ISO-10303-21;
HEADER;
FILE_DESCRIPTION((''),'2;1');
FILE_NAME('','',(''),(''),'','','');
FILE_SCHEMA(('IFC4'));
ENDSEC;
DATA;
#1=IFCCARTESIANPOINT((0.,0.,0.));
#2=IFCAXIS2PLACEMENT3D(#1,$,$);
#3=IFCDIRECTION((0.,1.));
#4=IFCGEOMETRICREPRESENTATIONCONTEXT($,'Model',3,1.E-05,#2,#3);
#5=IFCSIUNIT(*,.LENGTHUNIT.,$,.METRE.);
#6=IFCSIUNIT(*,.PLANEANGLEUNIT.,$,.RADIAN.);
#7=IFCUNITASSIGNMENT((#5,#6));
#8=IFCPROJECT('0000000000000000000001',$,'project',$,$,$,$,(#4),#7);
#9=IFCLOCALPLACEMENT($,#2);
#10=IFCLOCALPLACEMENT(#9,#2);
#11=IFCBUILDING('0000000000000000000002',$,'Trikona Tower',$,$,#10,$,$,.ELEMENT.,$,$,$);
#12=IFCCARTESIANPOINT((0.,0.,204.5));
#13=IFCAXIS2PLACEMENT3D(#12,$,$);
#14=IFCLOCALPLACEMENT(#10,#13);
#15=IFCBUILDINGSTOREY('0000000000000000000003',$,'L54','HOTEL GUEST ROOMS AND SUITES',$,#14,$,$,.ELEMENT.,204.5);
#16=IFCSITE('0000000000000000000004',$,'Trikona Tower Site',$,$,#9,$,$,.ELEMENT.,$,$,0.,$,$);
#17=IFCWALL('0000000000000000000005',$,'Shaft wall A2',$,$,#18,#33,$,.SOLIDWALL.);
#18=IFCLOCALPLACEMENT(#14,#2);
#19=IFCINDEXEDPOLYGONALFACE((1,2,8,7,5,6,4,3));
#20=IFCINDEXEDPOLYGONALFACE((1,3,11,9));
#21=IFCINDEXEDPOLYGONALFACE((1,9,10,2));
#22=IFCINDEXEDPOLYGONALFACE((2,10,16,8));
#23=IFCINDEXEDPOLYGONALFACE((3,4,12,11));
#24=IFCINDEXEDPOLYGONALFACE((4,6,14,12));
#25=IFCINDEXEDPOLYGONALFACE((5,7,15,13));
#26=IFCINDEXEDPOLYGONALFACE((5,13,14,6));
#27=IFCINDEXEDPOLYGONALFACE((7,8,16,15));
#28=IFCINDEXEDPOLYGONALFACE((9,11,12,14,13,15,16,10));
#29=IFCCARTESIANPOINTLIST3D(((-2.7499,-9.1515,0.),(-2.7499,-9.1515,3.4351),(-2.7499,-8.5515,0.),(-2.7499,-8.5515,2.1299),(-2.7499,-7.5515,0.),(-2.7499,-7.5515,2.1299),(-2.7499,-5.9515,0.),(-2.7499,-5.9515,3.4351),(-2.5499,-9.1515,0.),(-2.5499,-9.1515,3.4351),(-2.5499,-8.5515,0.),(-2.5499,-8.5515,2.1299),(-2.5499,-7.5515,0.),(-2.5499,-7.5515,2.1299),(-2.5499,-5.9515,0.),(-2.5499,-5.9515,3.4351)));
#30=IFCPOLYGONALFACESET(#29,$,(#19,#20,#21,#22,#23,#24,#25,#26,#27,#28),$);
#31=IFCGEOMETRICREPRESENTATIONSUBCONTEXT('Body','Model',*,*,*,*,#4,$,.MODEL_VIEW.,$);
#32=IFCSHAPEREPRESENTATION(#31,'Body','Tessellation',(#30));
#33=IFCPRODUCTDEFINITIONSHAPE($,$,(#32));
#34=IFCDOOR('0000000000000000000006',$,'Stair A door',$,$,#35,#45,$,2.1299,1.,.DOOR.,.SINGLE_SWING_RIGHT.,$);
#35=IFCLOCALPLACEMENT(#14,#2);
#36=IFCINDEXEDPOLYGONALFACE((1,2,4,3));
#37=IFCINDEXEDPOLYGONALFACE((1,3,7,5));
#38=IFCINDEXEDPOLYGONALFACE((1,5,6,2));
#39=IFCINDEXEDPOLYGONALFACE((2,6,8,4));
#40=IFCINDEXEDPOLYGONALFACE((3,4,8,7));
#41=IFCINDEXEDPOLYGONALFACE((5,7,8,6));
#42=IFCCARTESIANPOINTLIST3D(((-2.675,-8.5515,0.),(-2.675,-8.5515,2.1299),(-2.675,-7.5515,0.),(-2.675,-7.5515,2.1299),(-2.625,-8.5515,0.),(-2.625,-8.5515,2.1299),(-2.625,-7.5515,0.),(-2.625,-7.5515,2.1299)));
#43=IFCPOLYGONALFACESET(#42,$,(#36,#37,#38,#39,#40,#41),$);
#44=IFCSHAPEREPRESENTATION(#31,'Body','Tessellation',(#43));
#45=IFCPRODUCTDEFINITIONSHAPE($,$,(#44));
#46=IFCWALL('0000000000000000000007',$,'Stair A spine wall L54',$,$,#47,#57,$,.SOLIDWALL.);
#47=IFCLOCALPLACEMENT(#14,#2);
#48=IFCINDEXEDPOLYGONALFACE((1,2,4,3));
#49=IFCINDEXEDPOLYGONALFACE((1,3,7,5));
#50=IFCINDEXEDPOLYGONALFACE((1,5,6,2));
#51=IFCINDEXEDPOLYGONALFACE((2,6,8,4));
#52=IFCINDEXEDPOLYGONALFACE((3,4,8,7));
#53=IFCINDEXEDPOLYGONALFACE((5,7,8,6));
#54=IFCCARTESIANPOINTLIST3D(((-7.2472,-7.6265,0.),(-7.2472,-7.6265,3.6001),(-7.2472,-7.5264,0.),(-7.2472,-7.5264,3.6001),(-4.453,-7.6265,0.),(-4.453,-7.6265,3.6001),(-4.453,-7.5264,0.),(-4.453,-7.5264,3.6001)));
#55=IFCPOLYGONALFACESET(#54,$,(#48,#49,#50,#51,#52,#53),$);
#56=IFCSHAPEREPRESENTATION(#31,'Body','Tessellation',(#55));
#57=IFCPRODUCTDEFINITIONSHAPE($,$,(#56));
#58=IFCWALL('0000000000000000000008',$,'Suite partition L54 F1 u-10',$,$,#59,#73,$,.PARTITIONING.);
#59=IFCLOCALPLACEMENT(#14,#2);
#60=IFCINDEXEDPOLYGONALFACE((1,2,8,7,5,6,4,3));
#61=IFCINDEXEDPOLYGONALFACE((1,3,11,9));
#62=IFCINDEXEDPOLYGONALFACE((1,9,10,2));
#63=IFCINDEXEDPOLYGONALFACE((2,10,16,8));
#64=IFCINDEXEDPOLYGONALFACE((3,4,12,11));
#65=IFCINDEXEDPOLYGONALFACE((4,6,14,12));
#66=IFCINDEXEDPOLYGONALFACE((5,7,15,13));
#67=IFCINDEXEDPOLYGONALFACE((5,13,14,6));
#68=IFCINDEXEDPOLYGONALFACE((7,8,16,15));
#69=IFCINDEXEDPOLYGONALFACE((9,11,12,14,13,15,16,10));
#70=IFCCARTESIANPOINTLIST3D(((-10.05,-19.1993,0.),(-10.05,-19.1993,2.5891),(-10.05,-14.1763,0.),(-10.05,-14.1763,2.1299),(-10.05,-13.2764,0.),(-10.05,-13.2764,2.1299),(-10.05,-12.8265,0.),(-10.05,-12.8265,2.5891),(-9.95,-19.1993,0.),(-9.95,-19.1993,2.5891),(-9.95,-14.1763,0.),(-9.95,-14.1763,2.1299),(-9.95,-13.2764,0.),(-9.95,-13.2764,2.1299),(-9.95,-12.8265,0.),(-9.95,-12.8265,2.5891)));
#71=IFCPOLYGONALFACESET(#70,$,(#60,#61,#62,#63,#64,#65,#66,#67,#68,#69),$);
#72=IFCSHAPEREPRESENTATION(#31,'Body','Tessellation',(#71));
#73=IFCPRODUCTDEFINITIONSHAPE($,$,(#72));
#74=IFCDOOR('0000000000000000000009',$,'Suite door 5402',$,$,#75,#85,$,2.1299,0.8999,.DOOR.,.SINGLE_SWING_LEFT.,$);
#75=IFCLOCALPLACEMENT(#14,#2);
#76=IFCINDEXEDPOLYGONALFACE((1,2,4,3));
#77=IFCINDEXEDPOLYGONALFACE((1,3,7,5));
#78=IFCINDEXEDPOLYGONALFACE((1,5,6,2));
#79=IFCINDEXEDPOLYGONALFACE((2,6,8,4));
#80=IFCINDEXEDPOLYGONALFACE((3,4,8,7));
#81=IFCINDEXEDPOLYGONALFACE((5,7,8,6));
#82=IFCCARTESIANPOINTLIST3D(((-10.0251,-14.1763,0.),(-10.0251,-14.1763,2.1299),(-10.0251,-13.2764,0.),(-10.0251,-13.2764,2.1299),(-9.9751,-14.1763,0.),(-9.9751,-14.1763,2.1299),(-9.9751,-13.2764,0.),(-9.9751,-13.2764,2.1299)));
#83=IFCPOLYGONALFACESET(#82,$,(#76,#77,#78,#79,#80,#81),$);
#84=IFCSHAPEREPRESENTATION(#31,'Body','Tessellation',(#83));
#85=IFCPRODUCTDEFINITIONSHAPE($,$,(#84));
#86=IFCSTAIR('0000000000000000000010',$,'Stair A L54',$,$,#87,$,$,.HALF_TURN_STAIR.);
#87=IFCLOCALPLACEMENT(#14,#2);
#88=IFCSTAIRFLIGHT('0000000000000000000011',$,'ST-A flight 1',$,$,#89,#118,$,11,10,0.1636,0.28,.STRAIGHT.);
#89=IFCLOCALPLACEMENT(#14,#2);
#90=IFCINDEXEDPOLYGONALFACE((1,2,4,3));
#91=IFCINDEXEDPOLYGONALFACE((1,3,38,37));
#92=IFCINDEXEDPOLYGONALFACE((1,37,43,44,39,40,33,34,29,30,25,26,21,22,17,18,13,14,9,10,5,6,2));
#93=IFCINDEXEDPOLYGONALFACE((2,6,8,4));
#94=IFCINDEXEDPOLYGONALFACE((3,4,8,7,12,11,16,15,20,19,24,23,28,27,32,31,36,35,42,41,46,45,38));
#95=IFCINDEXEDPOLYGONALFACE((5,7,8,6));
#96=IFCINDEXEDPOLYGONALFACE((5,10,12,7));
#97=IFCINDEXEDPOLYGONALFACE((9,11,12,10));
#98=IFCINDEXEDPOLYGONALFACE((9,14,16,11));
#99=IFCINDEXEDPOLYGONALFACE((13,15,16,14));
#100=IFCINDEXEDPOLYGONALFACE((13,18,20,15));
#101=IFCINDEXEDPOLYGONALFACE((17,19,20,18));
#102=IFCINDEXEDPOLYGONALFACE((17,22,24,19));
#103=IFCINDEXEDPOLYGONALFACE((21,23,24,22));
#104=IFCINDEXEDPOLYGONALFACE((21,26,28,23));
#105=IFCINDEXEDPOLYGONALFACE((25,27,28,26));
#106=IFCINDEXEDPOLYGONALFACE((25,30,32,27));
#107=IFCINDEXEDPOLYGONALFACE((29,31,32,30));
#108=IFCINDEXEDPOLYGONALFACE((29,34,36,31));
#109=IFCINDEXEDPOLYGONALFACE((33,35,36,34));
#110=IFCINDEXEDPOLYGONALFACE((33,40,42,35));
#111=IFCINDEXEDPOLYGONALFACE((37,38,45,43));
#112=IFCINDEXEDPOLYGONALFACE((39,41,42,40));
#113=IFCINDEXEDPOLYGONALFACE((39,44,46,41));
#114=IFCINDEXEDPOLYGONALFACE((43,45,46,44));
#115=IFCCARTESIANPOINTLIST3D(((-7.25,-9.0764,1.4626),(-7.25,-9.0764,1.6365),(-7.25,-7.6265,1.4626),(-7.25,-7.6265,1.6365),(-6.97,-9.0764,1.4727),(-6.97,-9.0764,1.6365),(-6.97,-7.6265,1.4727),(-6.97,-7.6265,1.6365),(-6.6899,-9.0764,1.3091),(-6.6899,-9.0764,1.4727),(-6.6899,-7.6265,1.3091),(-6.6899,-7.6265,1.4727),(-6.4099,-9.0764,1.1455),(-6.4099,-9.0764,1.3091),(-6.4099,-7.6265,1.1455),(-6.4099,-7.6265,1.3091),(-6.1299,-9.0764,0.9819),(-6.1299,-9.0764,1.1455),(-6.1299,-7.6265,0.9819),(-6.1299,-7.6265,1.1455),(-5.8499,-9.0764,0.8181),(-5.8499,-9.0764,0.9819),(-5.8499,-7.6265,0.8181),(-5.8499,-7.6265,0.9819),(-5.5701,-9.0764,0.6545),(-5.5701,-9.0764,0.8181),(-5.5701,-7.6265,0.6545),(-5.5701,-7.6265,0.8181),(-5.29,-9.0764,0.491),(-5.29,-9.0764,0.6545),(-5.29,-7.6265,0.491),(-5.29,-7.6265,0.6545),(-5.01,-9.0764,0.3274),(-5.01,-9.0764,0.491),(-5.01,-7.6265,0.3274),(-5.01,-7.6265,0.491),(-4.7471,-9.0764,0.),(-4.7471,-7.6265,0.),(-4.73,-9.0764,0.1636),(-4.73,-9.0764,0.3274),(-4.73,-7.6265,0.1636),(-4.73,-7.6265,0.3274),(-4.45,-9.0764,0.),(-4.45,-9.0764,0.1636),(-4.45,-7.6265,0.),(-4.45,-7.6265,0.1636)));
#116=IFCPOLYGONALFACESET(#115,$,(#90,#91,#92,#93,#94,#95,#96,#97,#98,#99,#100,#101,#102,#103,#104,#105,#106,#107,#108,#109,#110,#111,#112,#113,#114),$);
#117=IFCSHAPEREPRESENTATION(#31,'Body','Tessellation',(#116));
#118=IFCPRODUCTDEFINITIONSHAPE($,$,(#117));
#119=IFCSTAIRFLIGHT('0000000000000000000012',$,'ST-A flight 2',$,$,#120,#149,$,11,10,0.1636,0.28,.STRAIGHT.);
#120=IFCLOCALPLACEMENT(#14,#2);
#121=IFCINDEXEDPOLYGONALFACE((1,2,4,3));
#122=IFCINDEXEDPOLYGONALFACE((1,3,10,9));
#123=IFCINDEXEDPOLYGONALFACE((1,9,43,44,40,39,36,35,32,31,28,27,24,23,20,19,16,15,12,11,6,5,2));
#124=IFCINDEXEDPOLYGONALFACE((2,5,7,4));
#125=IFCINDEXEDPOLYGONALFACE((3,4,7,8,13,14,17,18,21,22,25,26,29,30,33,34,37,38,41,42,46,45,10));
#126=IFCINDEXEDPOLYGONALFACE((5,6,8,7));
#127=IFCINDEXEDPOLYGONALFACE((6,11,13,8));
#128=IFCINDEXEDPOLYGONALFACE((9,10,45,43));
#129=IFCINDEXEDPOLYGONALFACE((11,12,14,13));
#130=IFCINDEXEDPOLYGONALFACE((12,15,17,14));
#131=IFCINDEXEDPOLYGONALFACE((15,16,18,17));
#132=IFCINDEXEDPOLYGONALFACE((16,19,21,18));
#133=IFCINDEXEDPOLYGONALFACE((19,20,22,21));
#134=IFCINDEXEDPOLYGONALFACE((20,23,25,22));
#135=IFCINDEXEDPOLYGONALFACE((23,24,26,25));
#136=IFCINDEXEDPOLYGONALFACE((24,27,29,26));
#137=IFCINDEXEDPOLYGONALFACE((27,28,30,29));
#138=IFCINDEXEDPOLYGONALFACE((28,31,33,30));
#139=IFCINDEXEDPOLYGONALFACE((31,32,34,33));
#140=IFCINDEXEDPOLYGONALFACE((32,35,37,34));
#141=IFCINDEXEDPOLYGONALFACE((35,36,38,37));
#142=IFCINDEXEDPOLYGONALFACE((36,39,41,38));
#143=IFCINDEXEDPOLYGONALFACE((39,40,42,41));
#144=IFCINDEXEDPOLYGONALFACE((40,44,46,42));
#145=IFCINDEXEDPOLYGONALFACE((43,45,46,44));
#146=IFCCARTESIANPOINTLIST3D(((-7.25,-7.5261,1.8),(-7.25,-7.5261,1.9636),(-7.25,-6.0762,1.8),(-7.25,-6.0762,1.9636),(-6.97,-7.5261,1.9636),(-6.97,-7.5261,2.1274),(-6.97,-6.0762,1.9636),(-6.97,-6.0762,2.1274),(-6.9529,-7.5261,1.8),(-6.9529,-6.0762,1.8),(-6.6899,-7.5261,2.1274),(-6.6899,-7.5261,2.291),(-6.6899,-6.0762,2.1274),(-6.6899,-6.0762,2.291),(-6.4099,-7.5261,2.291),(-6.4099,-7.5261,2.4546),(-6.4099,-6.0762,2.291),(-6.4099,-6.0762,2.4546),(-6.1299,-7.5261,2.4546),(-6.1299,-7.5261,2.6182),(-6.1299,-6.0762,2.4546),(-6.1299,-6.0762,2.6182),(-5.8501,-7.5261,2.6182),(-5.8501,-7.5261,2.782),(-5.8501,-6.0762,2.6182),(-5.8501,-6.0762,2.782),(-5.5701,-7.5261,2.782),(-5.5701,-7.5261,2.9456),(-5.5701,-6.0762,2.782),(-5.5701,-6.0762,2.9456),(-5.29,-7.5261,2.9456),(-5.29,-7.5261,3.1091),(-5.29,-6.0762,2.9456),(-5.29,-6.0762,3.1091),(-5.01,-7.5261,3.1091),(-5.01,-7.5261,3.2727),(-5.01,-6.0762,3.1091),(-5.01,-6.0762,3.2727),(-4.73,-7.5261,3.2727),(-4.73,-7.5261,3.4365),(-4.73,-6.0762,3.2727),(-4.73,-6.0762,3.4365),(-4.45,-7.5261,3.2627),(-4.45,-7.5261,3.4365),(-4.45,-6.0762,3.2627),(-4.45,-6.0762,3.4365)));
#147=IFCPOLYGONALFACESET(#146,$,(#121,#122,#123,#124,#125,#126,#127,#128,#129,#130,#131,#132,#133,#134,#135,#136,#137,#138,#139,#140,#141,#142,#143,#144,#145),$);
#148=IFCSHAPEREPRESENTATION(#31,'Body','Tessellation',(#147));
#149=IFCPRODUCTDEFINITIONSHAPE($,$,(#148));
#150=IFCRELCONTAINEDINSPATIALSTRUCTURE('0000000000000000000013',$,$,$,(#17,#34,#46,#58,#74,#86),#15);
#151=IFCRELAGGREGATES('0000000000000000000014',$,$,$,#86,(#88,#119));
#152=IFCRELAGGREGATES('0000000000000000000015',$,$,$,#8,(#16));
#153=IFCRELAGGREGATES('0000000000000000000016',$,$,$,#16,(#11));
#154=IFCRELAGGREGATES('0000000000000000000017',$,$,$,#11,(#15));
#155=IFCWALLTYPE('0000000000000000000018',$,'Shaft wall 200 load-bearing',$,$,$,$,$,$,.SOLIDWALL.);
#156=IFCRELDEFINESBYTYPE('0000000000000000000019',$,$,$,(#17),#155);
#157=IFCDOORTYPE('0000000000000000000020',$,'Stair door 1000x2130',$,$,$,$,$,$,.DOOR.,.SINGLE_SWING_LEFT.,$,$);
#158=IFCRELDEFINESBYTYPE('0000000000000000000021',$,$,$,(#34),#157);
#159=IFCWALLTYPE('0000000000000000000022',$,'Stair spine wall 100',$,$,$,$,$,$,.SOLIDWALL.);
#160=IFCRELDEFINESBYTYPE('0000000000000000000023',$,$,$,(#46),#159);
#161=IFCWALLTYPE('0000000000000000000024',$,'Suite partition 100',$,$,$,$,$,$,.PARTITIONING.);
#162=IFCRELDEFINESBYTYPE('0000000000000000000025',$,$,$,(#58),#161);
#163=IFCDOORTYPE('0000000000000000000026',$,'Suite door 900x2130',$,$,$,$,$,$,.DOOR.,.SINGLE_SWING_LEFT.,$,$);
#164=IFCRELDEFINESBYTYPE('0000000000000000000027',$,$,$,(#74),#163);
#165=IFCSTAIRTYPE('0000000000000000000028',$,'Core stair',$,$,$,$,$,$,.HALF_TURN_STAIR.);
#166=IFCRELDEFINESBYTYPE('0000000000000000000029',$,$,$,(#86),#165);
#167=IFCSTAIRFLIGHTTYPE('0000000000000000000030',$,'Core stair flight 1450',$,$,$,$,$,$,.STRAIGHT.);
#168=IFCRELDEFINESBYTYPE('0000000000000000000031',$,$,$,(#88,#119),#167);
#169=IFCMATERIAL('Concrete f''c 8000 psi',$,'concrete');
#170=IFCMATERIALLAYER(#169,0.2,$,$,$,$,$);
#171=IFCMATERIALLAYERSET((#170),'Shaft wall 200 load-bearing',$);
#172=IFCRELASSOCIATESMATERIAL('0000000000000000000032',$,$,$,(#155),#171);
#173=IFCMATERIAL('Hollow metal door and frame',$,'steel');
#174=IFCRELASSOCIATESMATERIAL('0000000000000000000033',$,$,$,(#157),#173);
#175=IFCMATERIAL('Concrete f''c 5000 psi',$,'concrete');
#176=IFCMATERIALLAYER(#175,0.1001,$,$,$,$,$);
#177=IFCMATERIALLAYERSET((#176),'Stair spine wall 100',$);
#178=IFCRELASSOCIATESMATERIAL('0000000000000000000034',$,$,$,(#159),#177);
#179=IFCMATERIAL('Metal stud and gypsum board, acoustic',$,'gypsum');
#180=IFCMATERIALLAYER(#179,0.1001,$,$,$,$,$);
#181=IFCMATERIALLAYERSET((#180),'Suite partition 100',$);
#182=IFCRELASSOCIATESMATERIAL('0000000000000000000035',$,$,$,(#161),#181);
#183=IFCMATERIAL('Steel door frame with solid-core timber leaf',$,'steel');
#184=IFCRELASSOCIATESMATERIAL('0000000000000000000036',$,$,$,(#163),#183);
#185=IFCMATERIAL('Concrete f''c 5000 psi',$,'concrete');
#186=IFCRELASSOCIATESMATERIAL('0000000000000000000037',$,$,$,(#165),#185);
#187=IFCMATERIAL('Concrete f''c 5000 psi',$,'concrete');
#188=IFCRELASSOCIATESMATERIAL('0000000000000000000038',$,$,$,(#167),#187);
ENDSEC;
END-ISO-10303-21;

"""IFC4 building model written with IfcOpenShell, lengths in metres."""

from ifc_helpers import new_model, si_unit, direction, frame, frame_2d, origin, place, context, subcontext, project, spatial, polyline, rectangle, outline, extrude, material, layer, layer_set, type_object, element, fill, aggregate, save


model = new_model("IFC4")

# Units and contexts
model_context = context("Model", 3, precision=1e-05, world=origin(), true_north=direction((0.0, 1.0)))
body_context = subcontext(model_context, "Body", "Model", "MODEL_VIEW")
ifc_project = project(units=[si_unit("LENGTHUNIT", "METRE"), si_unit("PLANEANGLEUNIT", "RADIAN")], contexts=[model_context])

# Site, building, storey
site_placement = place(None, origin())
site = spatial("IfcSite", under=ifc_project, at=site_placement, Name="Trikona Tower Site", CompositionType="ELEMENT", RefElevation=0.0)
building_placement = place(site_placement, origin())
building = spatial("IfcBuilding", under=site, at=building_placement, Name="Trikona Tower", CompositionType="ELEMENT")
storey_placement = place(building_placement, frame((0.0, 0.0, 204.5)))
storey = spatial("IfcBuildingStorey", under=building, at=storey_placement, Name="L54", Description="HOTEL GUEST ROOMS AND SUITES", CompositionType="ELEMENT", Elevation=204.5)

# Shared definitions
ifc_material_1 = material(Name="Concrete f'c 8000 psi", Category="concrete")
ifc_layer_1 = layer(ifc_material_1, 0.2)
ifc_layer_set_1 = layer_set([ifc_layer_1], Name="Shaft wall 200 load-bearing")
wall_type_1 = type_object("IfcWallType", Name="Shaft wall 200 load-bearing", PredefinedType="SOLIDWALL", material=ifc_layer_set_1)

# Wall, opening, door
wall_1_placement = place(storey_placement, frame((-2.6499, -5.9514, 0.0), z_axis=(0.0, 0.0, 1.0), x_axis=(0.0, -1.0, 0.0)))
wall_1 = element("IfcWall", 1, at=wall_1_placement, inside=storey, type_object=wall_type_1, Name="Shaft wall A2", PredefinedType="SOLIDWALL", context=body_context, shape_type="SweptSolid", body=[
    extrude(rectangle(XDim=3.2, YDim=0.2, at=frame_2d((1.6001, 0.0))), origin(), (0.0, 0.0, 1.0), 3.4351),
])
opening_1_placement = place(wall_1_placement, frame((1.6001, 0.0, 0.0)))
opening_1 = element("IfcOpeningElement", 2, at=opening_1_placement, cuts=wall_1, PredefinedType="OPENING", context=body_context, shape_type="SweptSolid", body=[
    extrude(rectangle(XDim=1.0, YDim=2.1299, at=frame_2d((0.5, 1.0649))), frame((0.0, 0.1099, 0.0), z_axis=(0.0, -1.0, 0.0), x_axis=(1.0, 0.0, 0.0)), (0.0, 0.0, 1.0), 0.22),
])
ifc_material_2 = material(Name="Hollow metal door and frame", Category="steel")
door_type_1 = type_object("IfcDoorType", Name="Stair door 1000x2130", OperationType="SINGLE_SWING_LEFT", PredefinedType="DOOR", material=ifc_material_2)
door_1_placement = place(opening_1_placement, origin())
door_1 = element("IfcDoor", 3, at=door_1_placement, inside=storey, type_object=door_type_1, Name="Stair A door", OperationType="SINGLE_SWING_RIGHT", OverallHeight=2.1299, OverallWidth=1.0, PredefinedType="DOOR", context=body_context, shape_type="SweptSolid", body=[
    extrude(rectangle(XDim=1.0, YDim=2.1299, at=frame_2d((0.5, 1.0649))), frame((0.0, 0.0249, 0.0), z_axis=(0.0, -1.0, 0.0), x_axis=(1.0, 0.0, 0.0)), (0.0, 0.0, 1.0), 0.05),
])
fill(opening_1, door_1)

# Wall
ifc_material_3 = material(Name="Concrete f'c 5000 psi", Category="concrete")
ifc_layer_2 = layer(ifc_material_3, 0.1001)
ifc_layer_set_2 = layer_set([ifc_layer_2], Name="Stair spine wall 100")
wall_type_2 = type_object("IfcWallType", Name="Stair spine wall 100", PredefinedType="SOLIDWALL", material=ifc_layer_set_2)
wall_2_placement = place(storey_placement, frame((-7.2471, -7.5764, 0.0), z_axis=(0.0, 0.0, 1.0), x_axis=(1.0, 0.0, 0.0)))
element("IfcWall", 4, at=wall_2_placement, inside=storey, type_object=wall_type_2, Name="Stair A spine wall L54", PredefinedType="SOLIDWALL", context=body_context, shape_type="SweptSolid", body=[
    extrude(rectangle(XDim=2.7942, YDim=0.1001, at=frame_2d((1.397, 0.0))), origin(), (0.0, 0.0, 1.0), 3.6001),
])

# Wall, opening, door
ifc_material_4 = material(Name="Metal stud and gypsum board, acoustic", Category="gypsum")
ifc_layer_3 = layer(ifc_material_4, 0.1001)
ifc_layer_set_3 = layer_set([ifc_layer_3], Name="Suite partition 100")
wall_type_3 = type_object("IfcWallType", Name="Suite partition 100", PredefinedType="PARTITIONING", material=ifc_layer_set_3)
wall_3_placement = place(storey_placement, frame((-10.0, -12.8264, 0.0), z_axis=(0.0, 0.0, 1.0), x_axis=(0.0, -1.0, 0.0)))
wall_3 = element("IfcWall", 5, at=wall_3_placement, inside=storey, type_object=wall_type_3, Name="Suite partition L54 F1 u-10", PredefinedType="PARTITIONING", context=body_context, shape_type="SweptSolid", body=[
    extrude(rectangle(XDim=6.3728, YDim=0.1001, at=frame_2d((3.1865, 0.0))), origin(), (0.0, 0.0, 1.0), 2.5891),
])
opening_2_placement = place(wall_3_placement, frame((0.45, 0.0, 0.0)))
opening_2 = element("IfcOpeningElement", 6, at=opening_2_placement, cuts=wall_3, PredefinedType="OPENING", context=body_context, shape_type="SweptSolid", body=[
    extrude(rectangle(XDim=0.8999, YDim=2.1299, at=frame_2d((0.45, 1.0649))), frame((0.0, 0.0601, 0.0), z_axis=(0.0, -1.0, 0.0), x_axis=(1.0, 0.0, 0.0)), (0.0, 0.0, 1.0), 0.1201),
])
ifc_material_5 = material(Name="Steel door frame with solid-core timber leaf", Category="steel")
door_type_2 = type_object("IfcDoorType", Name="Suite door 900x2130", OperationType="SINGLE_SWING_LEFT", PredefinedType="DOOR", material=ifc_material_5)
door_2_placement = place(opening_2_placement, origin())
door_2 = element("IfcDoor", 7, at=door_2_placement, inside=storey, type_object=door_type_2, Name="Suite door 5402", OperationType="SINGLE_SWING_LEFT", OverallHeight=2.1299, OverallWidth=0.8999, PredefinedType="DOOR", context=body_context, shape_type="SweptSolid", body=[
    extrude(rectangle(XDim=0.8999, YDim=2.1299, at=frame_2d((0.45, 1.0649))), frame((0.0, 0.0249, 0.0), z_axis=(0.0, -1.0, 0.0), x_axis=(1.0, 0.0, 0.0)), (0.0, 0.0, 1.0), 0.05),
])
fill(opening_2, door_2)

# Stair, stair flights
ifc_material_6 = material(Name="Concrete f'c 5000 psi", Category="concrete")
stair_type = type_object("IfcStairType", Name="Core stair", PredefinedType="HALF_TURN_STAIR", material=ifc_material_6)
stair_placement = place(storey_placement, origin())
stair = element("IfcStair", 8, at=stair_placement, inside=storey, type_object=stair_type, Name="Stair A L54", PredefinedType="HALF_TURN_STAIR")
ifc_material_7 = material(Name="Concrete f'c 5000 psi", Category="concrete")
stair_flight_type = type_object("IfcStairFlightType", Name="Core stair flight 1450", PredefinedType="STRAIGHT", material=ifc_material_7)
stair_flight_1_placement = place(storey_placement, frame((-4.45, -8.3513, 0.0), z_axis=(0.0, 0.0, 1.0), x_axis=(-1.0, 0.0, 0.0)))
stair_flight_1 = element("IfcStairFlight", 9, at=stair_flight_1_placement, type_object=stair_flight_type, Name="ST-A flight 1", NumberOfRisers=11, NumberOfTreads=10, PredefinedType="STRAIGHT", RiserHeight=0.1636, TreadLength=0.28, context=body_context, shape_type="SweptSolid", body=[
    extrude(outline(polyline([(0.0, 0.0), (0.0, 0.1636), (0.28, 0.1636), (0.28, 0.3274), (0.5601, 0.3274), (0.5601, 0.491), (0.8401, 0.491), (0.8401, 0.6545), (1.1201, 0.6545), (1.1201, 0.8181), (1.3999, 0.8181), (1.3999, 0.9819), (1.6799, 0.9819), (1.6799, 1.1455), (1.96, 1.1455), (1.96, 1.3091), (2.24, 1.3091), (2.24, 1.4727), (2.52, 1.4727), (2.52, 1.6365), (2.8, 1.6365), (2.8, 1.8), (2.8, 1.4626), (0.2971, 0.0), (0.0, 0.0)])), frame((0.0, 0.7251, 0.0), z_axis=(0.0, -1.0, 0.0), x_axis=(1.0, 0.0, 0.0)), (0.0, 0.0, 1.0), 1.45),
])
stair_flight_2_placement = place(storey_placement, frame((-7.25, -6.8013, 1.8), z_axis=(0.0, 0.0, 1.0), x_axis=(1.0, 0.0, 0.0)))
stair_flight_2 = element("IfcStairFlight", 10, at=stair_flight_2_placement, type_object=stair_flight_type, Name="ST-A flight 2", NumberOfRisers=11, NumberOfTreads=10, PredefinedType="STRAIGHT", RiserHeight=0.1636, TreadLength=0.28, context=body_context, shape_type="SweptSolid", body=[
    extrude(outline(polyline([(0.0, 0.0), (0.0, 0.1636), (0.28, 0.1636), (0.28, 0.3274), (0.5601, 0.3274), (0.5601, 0.491), (0.8401, 0.491), (0.8401, 0.6545), (1.1201, 0.6545), (1.1201, 0.8181), (1.3999, 0.8181), (1.3999, 0.9819), (1.6799, 0.9819), (1.6799, 1.1455), (1.96, 1.1455), (1.96, 1.3091), (2.24, 1.3091), (2.24, 1.4727), (2.52, 1.4727), (2.52, 1.6365), (2.8, 1.6365), (2.8, 1.8), (2.8, 1.4626), (0.2971, 0.0), (0.0, 0.0)])), frame((0.0, 0.7251, 0.0), z_axis=(0.0, -1.0, 0.0), x_axis=(1.0, 0.0, 0.0)), (0.0, 0.0, 1.0), 1.45),
])
aggregate(stair, [stair_flight_1, stair_flight_2])

save(model, "model.ifc")
